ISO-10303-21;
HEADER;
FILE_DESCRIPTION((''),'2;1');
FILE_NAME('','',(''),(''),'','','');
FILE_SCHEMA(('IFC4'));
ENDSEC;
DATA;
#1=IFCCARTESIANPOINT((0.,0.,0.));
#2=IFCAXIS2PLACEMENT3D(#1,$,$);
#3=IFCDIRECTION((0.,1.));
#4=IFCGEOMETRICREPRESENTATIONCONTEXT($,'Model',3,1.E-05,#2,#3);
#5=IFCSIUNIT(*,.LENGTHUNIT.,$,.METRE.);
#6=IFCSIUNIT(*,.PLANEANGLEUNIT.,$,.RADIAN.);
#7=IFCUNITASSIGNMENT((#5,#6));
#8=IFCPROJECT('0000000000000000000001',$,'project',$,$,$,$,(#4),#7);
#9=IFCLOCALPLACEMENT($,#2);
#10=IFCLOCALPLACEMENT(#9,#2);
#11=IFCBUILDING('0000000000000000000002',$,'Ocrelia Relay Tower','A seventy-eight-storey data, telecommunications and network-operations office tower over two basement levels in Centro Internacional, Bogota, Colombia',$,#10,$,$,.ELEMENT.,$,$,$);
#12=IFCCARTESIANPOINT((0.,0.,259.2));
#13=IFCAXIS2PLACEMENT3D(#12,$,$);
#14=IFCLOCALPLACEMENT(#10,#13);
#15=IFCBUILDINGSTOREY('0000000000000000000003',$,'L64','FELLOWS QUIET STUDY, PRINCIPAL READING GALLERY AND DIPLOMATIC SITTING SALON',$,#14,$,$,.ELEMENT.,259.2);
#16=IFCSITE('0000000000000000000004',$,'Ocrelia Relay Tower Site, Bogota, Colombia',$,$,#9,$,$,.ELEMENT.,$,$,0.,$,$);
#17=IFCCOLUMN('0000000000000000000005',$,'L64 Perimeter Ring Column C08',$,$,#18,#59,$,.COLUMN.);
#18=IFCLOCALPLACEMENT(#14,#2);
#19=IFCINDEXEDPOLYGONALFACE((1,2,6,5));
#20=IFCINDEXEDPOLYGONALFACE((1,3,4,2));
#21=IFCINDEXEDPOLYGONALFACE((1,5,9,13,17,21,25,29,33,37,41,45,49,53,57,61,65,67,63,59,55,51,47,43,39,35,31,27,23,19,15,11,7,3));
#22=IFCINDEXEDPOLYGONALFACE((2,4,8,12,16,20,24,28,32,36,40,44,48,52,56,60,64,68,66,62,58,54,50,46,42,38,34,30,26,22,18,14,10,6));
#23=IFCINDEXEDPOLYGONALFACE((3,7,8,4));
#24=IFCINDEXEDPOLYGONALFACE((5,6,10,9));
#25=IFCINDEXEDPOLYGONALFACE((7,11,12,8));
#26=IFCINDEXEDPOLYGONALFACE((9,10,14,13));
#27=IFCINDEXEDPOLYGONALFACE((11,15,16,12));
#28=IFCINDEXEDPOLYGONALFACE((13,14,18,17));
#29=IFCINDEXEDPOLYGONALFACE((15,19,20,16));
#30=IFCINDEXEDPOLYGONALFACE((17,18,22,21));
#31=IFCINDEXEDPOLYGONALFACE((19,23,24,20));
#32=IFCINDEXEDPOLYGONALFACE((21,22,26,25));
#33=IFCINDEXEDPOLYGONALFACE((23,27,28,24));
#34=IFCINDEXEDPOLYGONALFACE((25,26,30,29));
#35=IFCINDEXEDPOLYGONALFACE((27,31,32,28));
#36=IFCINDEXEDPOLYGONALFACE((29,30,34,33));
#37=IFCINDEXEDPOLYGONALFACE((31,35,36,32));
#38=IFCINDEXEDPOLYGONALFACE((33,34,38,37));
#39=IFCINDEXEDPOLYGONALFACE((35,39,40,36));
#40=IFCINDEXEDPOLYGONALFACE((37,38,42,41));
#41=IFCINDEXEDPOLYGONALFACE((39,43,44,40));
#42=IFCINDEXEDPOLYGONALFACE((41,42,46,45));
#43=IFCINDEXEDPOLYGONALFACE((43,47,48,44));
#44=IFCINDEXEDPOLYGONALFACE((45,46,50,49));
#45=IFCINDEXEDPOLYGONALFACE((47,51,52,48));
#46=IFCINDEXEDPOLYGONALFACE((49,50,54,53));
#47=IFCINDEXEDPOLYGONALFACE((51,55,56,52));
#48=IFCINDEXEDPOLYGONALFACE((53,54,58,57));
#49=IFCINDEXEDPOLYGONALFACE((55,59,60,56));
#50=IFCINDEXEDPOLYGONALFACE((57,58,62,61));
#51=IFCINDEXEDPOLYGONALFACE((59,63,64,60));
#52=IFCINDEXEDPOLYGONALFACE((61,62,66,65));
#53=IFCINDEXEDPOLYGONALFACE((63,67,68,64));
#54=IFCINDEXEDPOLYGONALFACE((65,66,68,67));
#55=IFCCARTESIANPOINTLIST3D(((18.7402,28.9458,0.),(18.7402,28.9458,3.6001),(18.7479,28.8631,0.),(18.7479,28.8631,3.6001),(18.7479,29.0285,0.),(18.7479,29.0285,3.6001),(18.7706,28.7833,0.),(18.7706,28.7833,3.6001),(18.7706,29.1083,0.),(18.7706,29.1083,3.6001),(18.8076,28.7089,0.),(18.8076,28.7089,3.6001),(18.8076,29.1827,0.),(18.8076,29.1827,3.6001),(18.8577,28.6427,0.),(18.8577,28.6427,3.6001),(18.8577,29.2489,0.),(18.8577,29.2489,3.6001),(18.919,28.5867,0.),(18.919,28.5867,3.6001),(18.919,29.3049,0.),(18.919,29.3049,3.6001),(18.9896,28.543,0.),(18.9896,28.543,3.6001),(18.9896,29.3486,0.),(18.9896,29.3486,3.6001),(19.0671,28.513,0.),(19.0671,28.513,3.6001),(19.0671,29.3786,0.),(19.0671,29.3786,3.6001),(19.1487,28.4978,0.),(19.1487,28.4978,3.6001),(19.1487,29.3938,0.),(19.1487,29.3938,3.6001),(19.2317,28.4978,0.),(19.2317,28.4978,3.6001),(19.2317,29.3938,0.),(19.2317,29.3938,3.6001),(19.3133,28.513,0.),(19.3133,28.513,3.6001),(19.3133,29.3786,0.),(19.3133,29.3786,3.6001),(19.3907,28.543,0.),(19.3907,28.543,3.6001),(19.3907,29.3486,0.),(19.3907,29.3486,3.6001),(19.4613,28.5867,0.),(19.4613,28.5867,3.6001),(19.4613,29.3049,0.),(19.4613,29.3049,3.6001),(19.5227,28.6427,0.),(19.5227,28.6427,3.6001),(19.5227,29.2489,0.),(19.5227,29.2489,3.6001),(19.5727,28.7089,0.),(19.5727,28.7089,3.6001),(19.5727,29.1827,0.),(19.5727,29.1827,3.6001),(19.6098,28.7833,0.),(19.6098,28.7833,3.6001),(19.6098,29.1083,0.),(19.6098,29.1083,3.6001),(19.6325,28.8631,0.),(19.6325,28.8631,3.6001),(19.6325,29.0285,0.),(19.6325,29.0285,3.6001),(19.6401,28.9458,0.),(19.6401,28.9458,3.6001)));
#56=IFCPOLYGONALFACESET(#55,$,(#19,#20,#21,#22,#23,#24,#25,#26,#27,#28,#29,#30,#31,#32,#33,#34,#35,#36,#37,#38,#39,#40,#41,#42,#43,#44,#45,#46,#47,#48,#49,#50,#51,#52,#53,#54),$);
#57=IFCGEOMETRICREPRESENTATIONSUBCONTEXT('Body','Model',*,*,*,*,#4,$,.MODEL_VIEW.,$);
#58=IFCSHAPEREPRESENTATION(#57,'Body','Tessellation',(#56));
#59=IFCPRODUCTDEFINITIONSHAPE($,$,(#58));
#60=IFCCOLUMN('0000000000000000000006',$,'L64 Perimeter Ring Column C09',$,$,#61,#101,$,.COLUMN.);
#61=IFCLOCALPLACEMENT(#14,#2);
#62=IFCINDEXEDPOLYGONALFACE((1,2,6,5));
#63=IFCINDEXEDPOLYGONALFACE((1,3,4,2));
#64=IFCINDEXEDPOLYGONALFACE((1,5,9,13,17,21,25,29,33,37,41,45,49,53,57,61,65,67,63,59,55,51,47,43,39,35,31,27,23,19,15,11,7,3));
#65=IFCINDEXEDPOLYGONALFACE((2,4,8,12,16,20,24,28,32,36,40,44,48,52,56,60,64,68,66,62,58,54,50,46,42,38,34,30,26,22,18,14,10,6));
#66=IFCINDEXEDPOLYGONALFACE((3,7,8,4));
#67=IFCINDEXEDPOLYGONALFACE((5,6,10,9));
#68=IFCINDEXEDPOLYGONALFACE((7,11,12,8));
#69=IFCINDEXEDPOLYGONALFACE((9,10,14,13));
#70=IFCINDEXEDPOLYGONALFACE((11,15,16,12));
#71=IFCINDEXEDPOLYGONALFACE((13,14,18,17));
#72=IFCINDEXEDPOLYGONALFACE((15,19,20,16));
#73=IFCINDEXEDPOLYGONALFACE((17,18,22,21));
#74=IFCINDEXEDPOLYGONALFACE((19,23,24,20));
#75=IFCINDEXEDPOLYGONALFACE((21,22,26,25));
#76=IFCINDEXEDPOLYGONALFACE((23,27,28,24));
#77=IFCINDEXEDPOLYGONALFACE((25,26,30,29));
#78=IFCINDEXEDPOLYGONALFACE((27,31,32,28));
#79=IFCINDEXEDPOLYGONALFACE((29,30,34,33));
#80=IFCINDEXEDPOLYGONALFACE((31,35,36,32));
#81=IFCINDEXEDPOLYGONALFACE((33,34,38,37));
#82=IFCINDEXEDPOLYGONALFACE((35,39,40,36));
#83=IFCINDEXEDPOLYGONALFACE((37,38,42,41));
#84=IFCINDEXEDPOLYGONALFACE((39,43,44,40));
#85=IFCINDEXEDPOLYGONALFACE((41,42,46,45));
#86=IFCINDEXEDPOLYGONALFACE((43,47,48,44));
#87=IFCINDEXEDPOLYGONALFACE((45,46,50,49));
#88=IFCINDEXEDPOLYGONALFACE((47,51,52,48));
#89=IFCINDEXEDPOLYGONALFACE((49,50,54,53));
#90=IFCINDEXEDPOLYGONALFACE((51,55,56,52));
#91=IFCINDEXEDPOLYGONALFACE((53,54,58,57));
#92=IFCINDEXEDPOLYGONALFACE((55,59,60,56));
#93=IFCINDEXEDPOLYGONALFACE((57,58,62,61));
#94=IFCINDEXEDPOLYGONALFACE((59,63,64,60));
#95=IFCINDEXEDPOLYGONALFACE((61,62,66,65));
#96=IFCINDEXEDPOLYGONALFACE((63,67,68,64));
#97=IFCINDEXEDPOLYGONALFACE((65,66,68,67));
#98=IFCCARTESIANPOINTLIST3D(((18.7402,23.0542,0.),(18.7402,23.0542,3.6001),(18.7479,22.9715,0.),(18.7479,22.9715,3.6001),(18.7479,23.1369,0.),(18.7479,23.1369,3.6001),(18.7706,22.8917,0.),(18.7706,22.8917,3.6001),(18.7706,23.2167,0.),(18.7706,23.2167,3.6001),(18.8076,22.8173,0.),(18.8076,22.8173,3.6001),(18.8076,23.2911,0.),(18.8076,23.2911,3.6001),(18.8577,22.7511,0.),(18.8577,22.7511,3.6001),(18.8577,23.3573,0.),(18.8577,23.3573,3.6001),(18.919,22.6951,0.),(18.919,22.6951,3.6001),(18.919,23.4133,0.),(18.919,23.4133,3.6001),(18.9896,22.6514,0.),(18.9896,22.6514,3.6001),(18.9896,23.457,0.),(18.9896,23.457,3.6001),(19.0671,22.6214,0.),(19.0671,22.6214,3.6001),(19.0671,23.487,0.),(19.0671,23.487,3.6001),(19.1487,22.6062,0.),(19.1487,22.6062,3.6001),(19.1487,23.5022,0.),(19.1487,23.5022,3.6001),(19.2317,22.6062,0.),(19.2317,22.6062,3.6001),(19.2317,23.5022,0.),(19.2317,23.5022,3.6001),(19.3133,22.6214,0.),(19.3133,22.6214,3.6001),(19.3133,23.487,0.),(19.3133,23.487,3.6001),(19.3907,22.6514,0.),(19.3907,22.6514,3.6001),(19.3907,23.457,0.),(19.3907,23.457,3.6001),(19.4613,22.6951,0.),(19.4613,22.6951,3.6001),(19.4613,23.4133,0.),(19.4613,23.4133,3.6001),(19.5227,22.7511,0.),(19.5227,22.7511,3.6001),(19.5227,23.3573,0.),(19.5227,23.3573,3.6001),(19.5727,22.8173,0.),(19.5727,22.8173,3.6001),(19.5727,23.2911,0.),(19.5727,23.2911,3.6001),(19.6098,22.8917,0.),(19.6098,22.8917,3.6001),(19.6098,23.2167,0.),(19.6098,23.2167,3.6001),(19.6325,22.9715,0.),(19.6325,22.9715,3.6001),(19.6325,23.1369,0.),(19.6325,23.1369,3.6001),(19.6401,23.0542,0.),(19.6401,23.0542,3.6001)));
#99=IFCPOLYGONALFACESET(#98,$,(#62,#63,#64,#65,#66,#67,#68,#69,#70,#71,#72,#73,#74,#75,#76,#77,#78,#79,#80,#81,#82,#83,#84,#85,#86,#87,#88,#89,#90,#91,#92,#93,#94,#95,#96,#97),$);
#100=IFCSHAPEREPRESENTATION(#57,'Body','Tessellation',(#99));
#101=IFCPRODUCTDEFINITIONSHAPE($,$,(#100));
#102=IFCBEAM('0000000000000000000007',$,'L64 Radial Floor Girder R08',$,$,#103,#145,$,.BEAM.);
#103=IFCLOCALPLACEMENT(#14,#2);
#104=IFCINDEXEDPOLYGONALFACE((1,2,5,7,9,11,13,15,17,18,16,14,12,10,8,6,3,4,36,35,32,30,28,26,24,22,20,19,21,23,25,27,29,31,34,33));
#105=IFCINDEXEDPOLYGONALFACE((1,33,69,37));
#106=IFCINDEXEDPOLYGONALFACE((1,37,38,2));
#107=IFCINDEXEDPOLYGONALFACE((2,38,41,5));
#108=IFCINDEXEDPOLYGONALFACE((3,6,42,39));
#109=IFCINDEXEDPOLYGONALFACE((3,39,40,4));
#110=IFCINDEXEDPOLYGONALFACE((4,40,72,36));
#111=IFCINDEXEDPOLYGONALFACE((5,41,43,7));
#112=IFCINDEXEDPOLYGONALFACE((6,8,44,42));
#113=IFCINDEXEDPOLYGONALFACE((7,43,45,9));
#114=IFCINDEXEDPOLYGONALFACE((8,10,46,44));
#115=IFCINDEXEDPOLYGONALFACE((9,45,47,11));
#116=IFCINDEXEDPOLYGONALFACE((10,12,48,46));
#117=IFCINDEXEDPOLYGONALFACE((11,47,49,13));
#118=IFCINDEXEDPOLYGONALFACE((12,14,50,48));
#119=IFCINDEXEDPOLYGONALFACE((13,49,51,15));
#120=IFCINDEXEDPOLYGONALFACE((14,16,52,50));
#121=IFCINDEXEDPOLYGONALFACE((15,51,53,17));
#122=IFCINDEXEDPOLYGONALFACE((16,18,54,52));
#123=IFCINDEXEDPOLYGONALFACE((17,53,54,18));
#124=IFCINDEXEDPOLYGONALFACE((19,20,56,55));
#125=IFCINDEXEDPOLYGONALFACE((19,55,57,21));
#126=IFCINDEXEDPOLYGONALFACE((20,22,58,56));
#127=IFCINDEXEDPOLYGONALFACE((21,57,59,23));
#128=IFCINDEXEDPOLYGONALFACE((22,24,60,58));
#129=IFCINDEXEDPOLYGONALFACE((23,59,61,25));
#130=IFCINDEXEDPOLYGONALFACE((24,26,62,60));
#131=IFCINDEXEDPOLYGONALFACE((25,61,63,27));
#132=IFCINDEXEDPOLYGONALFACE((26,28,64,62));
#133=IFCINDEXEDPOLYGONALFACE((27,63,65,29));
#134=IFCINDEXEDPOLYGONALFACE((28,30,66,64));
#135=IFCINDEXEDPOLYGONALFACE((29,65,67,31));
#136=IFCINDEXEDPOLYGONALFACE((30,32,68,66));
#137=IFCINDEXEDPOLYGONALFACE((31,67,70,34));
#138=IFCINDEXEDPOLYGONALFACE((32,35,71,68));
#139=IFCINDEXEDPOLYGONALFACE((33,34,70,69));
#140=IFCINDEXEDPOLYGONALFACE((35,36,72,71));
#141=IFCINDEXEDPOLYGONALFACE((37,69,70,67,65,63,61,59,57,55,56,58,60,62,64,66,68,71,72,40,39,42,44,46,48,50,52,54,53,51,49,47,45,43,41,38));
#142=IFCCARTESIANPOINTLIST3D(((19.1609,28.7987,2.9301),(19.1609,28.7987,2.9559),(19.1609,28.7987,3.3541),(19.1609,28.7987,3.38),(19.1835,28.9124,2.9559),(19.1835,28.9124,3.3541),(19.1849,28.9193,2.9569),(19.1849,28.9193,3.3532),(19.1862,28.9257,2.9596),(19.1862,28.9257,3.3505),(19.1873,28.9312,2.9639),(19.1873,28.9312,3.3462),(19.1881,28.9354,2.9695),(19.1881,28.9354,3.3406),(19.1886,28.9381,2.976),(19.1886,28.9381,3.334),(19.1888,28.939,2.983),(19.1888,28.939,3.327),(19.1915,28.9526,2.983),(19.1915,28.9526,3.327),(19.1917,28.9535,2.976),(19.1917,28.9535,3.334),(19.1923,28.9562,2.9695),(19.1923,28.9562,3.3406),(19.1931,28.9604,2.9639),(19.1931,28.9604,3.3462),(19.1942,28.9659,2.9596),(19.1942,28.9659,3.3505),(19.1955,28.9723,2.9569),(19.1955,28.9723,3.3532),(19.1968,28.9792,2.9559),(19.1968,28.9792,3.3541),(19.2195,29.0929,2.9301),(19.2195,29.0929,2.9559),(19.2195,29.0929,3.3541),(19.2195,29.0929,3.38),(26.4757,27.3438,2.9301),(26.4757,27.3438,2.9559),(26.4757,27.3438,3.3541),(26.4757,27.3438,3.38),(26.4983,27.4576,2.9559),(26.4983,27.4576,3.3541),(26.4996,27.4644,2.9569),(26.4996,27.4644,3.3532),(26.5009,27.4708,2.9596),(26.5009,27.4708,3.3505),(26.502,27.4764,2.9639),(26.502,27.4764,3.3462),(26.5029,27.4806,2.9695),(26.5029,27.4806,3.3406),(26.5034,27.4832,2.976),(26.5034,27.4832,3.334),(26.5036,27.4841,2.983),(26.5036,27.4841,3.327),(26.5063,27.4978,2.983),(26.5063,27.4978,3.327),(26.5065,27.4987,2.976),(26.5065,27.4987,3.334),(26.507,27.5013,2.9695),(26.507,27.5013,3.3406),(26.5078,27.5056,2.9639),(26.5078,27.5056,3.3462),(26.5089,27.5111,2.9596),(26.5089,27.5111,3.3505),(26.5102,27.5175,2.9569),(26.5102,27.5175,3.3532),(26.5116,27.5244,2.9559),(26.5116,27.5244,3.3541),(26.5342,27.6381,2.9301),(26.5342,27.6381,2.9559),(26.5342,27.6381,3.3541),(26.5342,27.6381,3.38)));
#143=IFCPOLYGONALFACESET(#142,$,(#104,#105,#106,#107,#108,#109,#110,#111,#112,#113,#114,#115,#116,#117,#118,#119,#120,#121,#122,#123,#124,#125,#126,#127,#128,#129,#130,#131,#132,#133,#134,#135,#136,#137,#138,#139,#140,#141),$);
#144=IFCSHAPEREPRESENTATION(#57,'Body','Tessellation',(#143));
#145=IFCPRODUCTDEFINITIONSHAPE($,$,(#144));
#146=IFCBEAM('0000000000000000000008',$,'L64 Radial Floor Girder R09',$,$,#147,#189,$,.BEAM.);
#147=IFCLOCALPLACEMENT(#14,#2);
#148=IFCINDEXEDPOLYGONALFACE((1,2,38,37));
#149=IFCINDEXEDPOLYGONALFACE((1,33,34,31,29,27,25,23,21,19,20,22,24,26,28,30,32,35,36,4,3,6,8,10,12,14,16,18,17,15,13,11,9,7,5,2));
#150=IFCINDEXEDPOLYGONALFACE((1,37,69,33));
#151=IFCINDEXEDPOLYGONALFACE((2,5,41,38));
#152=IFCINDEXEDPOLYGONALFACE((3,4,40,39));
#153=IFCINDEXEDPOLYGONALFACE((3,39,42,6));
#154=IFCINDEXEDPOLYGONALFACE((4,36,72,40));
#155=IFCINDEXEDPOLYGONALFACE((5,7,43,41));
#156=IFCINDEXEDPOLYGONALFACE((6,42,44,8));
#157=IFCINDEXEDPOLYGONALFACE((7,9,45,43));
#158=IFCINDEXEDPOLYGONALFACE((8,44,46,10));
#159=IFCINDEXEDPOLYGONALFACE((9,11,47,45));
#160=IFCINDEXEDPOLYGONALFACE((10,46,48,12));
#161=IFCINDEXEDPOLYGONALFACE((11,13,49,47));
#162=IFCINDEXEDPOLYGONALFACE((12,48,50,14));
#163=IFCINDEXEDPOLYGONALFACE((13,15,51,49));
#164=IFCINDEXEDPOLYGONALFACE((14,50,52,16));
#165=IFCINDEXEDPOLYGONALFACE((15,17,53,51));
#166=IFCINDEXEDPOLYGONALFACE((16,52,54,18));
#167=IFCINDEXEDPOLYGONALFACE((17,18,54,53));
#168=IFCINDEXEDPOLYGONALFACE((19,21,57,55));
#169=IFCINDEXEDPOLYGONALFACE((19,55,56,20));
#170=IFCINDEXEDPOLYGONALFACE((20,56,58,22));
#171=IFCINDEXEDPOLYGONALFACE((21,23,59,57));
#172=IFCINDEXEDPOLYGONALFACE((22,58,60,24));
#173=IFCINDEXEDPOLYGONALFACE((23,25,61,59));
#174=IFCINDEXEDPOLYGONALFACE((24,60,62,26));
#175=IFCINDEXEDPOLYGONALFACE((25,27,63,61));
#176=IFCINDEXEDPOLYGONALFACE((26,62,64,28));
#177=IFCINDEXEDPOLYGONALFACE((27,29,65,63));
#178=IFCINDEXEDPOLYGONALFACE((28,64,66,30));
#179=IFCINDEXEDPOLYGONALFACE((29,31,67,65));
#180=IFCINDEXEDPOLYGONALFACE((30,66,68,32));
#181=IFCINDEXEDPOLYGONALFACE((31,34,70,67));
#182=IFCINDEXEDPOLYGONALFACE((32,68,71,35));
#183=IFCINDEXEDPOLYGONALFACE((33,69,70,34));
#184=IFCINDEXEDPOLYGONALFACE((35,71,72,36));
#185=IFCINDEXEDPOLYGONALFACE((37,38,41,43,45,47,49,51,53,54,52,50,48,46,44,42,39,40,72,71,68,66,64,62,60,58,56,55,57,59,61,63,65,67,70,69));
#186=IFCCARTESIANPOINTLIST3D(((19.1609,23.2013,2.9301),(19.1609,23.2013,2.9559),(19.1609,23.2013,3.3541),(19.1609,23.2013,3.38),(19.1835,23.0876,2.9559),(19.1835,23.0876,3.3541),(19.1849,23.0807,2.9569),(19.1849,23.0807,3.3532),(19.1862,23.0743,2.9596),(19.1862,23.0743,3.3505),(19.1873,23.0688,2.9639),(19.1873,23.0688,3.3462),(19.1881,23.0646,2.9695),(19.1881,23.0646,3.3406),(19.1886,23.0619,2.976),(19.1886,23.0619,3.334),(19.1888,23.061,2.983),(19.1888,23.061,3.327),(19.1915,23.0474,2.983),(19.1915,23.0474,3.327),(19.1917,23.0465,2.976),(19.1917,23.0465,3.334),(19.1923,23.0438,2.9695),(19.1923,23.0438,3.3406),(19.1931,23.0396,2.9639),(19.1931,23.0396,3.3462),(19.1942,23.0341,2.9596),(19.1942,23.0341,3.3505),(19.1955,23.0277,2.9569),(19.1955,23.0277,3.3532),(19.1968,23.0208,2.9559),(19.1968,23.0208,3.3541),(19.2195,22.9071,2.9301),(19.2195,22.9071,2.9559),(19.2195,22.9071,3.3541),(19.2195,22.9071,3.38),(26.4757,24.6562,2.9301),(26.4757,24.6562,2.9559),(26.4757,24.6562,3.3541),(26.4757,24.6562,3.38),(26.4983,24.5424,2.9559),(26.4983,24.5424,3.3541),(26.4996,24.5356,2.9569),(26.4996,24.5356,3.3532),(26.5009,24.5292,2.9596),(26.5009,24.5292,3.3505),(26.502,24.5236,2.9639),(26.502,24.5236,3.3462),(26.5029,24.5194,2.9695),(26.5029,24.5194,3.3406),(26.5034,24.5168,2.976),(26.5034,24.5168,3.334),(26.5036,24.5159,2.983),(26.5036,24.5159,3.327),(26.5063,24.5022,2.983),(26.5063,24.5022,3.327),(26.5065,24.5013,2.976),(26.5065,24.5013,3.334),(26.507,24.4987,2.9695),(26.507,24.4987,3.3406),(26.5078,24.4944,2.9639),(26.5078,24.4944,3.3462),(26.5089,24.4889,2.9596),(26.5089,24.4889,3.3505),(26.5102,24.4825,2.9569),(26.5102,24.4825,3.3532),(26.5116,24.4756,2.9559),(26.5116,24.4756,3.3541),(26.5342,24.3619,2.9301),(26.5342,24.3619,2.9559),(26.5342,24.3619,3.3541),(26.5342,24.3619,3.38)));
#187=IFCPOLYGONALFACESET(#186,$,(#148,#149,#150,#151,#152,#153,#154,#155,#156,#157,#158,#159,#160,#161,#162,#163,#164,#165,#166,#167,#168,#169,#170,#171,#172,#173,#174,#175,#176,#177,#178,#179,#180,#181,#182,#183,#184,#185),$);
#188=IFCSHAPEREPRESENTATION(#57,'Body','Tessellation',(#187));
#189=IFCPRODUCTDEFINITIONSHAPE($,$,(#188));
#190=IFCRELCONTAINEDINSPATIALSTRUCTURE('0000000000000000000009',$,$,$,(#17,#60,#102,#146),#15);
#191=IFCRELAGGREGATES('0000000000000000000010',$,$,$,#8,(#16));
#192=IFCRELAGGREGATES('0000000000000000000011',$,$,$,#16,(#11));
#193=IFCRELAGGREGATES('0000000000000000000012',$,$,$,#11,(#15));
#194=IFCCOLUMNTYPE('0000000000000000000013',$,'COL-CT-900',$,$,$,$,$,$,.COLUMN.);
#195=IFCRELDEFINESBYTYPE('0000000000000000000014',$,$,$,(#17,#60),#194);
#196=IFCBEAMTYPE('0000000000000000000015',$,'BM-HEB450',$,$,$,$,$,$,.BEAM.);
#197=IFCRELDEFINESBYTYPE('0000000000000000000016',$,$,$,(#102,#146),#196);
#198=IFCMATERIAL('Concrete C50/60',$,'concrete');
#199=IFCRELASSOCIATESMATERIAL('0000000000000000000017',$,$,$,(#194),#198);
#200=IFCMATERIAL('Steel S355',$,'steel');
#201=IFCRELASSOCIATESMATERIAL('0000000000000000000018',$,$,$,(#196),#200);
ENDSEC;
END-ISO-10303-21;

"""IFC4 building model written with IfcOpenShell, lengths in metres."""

from ifc_helpers import new_model, si_unit, direction, frame, origin, origin_2d, place, context, subcontext, project, spatial, circle, i_section, extrude, material, material_profile, profile_set, type_object, element, save


model = new_model("IFC4")

# Units and contexts
model_context = context("Model", 3, precision=1e-05, world=origin(), true_north=direction((0.0, 1.0)))
body_context = subcontext(model_context, "Body", "Model", "MODEL_VIEW")
ifc_project = project(units=[si_unit("LENGTHUNIT", "METRE"), si_unit("PLANEANGLEUNIT", "RADIAN")], contexts=[model_context])

# Site, building, storey
site_placement = place(None, origin())
site = spatial("IfcSite", under=ifc_project, at=site_placement, Name="Ocrelia Relay Tower Site, Bogota, Colombia", CompositionType="ELEMENT", RefElevation=0.0)
building_placement = place(site_placement, origin())
building = spatial("IfcBuilding", under=site, at=building_placement, Name="Ocrelia Relay Tower", Description="A seventy-eight-storey data, telecommunications and network-operations office tower over two basement levels in Centro Internacional, Bogota, Colombia", CompositionType="ELEMENT")
storey_placement = place(building_placement, frame((0.0, 0.0, 259.2)))
storey = spatial("IfcBuildingStorey", under=building, at=storey_placement, Name="L64", Description="FELLOWS QUIET STUDY, PRINCIPAL READING GALLERY AND DIPLOMATIC SITTING SALON", CompositionType="ELEMENT", Elevation=259.2)

# Columns
ifc_material_1 = material(Name="Concrete C50/60", Category="concrete")
ifc_material_profile_1 = material_profile(ifc_material_1, circle(Radius=0.45, at=origin_2d()), Name="RC-CIR-900")
ifc_profile_set_1 = profile_set([ifc_material_profile_1], Name="Concrete C50/60")
column_type = type_object("IfcColumnType", Name="COL-CT-900", PredefinedType="COLUMN", material=ifc_profile_set_1)
for number, where, z_axis, x_axis, name in (
    (1, (19.1902, 28.9458, 0.0), (0.0, 0.0, 1.0), (1.0, 0.0, 0.0), "L64 Perimeter Ring Column C08"),
    (2, (19.1902, 23.0542, 0.0), (0.0, 0.0, 1.0), (1.0, 0.0, 0.0), "L64 Perimeter Ring Column C09"),
):
    element("IfcColumn", number, at=place(storey_placement, frame(where, z_axis=z_axis, x_axis=x_axis)), inside=storey, type_object=column_type, Name=name, PredefinedType="COLUMN", context=body_context, shape_type="SweptSolid", body=[
        extrude(circle(Radius=0.45, at=origin_2d()), origin(), (0.0, 0.0, 1.0), 3.6001),
    ])

# Beams
ifc_material_2 = material(Name="Steel S355", Category="steel")
ifc_material_profile_2 = material_profile(ifc_material_2, i_section(OverallWidth=0.3, OverallDepth=0.45, WebThickness=0.0139, FlangeThickness=0.0259, FilletRadius=0.0271, at=origin_2d()), Name="HEB 450")
ifc_profile_set_2 = profile_set([ifc_material_profile_2], Name="Steel S355")
beam_type_1 = type_object("IfcBeamType", Name="BM-HEB450", PredefinedType="BEAM", material=ifc_profile_set_2)
for number, where, z_axis, x_axis, name in (
    (3, (19.1902, 28.9458, 3.155), (0.980789, -0.195071, 0.0), (0.195071, 0.980789, 0.0), "L64 Radial Floor Girder R08"),
    (4, (19.1902, 23.0542, 3.155), (0.980789, 0.195071, 0.0), (-0.195071, 0.980789, 0.0), "L64 Radial Floor Girder R09"),
):
    element("IfcBeam", number, at=place(storey_placement, frame(where, z_axis=z_axis, x_axis=x_axis)), inside=storey, type_object=beam_type_1, Name=name, PredefinedType="BEAM", context=body_context, shape_type="SweptSolid", body=[
        extrude(i_section(OverallWidth=0.3, OverallDepth=0.45, WebThickness=0.0139, FlangeThickness=0.0259, FilletRadius=0.0271, at=origin_2d()), origin(), (0.0, 0.0, 1.0), 7.458),
    ])

save(model, "model.ifc")
